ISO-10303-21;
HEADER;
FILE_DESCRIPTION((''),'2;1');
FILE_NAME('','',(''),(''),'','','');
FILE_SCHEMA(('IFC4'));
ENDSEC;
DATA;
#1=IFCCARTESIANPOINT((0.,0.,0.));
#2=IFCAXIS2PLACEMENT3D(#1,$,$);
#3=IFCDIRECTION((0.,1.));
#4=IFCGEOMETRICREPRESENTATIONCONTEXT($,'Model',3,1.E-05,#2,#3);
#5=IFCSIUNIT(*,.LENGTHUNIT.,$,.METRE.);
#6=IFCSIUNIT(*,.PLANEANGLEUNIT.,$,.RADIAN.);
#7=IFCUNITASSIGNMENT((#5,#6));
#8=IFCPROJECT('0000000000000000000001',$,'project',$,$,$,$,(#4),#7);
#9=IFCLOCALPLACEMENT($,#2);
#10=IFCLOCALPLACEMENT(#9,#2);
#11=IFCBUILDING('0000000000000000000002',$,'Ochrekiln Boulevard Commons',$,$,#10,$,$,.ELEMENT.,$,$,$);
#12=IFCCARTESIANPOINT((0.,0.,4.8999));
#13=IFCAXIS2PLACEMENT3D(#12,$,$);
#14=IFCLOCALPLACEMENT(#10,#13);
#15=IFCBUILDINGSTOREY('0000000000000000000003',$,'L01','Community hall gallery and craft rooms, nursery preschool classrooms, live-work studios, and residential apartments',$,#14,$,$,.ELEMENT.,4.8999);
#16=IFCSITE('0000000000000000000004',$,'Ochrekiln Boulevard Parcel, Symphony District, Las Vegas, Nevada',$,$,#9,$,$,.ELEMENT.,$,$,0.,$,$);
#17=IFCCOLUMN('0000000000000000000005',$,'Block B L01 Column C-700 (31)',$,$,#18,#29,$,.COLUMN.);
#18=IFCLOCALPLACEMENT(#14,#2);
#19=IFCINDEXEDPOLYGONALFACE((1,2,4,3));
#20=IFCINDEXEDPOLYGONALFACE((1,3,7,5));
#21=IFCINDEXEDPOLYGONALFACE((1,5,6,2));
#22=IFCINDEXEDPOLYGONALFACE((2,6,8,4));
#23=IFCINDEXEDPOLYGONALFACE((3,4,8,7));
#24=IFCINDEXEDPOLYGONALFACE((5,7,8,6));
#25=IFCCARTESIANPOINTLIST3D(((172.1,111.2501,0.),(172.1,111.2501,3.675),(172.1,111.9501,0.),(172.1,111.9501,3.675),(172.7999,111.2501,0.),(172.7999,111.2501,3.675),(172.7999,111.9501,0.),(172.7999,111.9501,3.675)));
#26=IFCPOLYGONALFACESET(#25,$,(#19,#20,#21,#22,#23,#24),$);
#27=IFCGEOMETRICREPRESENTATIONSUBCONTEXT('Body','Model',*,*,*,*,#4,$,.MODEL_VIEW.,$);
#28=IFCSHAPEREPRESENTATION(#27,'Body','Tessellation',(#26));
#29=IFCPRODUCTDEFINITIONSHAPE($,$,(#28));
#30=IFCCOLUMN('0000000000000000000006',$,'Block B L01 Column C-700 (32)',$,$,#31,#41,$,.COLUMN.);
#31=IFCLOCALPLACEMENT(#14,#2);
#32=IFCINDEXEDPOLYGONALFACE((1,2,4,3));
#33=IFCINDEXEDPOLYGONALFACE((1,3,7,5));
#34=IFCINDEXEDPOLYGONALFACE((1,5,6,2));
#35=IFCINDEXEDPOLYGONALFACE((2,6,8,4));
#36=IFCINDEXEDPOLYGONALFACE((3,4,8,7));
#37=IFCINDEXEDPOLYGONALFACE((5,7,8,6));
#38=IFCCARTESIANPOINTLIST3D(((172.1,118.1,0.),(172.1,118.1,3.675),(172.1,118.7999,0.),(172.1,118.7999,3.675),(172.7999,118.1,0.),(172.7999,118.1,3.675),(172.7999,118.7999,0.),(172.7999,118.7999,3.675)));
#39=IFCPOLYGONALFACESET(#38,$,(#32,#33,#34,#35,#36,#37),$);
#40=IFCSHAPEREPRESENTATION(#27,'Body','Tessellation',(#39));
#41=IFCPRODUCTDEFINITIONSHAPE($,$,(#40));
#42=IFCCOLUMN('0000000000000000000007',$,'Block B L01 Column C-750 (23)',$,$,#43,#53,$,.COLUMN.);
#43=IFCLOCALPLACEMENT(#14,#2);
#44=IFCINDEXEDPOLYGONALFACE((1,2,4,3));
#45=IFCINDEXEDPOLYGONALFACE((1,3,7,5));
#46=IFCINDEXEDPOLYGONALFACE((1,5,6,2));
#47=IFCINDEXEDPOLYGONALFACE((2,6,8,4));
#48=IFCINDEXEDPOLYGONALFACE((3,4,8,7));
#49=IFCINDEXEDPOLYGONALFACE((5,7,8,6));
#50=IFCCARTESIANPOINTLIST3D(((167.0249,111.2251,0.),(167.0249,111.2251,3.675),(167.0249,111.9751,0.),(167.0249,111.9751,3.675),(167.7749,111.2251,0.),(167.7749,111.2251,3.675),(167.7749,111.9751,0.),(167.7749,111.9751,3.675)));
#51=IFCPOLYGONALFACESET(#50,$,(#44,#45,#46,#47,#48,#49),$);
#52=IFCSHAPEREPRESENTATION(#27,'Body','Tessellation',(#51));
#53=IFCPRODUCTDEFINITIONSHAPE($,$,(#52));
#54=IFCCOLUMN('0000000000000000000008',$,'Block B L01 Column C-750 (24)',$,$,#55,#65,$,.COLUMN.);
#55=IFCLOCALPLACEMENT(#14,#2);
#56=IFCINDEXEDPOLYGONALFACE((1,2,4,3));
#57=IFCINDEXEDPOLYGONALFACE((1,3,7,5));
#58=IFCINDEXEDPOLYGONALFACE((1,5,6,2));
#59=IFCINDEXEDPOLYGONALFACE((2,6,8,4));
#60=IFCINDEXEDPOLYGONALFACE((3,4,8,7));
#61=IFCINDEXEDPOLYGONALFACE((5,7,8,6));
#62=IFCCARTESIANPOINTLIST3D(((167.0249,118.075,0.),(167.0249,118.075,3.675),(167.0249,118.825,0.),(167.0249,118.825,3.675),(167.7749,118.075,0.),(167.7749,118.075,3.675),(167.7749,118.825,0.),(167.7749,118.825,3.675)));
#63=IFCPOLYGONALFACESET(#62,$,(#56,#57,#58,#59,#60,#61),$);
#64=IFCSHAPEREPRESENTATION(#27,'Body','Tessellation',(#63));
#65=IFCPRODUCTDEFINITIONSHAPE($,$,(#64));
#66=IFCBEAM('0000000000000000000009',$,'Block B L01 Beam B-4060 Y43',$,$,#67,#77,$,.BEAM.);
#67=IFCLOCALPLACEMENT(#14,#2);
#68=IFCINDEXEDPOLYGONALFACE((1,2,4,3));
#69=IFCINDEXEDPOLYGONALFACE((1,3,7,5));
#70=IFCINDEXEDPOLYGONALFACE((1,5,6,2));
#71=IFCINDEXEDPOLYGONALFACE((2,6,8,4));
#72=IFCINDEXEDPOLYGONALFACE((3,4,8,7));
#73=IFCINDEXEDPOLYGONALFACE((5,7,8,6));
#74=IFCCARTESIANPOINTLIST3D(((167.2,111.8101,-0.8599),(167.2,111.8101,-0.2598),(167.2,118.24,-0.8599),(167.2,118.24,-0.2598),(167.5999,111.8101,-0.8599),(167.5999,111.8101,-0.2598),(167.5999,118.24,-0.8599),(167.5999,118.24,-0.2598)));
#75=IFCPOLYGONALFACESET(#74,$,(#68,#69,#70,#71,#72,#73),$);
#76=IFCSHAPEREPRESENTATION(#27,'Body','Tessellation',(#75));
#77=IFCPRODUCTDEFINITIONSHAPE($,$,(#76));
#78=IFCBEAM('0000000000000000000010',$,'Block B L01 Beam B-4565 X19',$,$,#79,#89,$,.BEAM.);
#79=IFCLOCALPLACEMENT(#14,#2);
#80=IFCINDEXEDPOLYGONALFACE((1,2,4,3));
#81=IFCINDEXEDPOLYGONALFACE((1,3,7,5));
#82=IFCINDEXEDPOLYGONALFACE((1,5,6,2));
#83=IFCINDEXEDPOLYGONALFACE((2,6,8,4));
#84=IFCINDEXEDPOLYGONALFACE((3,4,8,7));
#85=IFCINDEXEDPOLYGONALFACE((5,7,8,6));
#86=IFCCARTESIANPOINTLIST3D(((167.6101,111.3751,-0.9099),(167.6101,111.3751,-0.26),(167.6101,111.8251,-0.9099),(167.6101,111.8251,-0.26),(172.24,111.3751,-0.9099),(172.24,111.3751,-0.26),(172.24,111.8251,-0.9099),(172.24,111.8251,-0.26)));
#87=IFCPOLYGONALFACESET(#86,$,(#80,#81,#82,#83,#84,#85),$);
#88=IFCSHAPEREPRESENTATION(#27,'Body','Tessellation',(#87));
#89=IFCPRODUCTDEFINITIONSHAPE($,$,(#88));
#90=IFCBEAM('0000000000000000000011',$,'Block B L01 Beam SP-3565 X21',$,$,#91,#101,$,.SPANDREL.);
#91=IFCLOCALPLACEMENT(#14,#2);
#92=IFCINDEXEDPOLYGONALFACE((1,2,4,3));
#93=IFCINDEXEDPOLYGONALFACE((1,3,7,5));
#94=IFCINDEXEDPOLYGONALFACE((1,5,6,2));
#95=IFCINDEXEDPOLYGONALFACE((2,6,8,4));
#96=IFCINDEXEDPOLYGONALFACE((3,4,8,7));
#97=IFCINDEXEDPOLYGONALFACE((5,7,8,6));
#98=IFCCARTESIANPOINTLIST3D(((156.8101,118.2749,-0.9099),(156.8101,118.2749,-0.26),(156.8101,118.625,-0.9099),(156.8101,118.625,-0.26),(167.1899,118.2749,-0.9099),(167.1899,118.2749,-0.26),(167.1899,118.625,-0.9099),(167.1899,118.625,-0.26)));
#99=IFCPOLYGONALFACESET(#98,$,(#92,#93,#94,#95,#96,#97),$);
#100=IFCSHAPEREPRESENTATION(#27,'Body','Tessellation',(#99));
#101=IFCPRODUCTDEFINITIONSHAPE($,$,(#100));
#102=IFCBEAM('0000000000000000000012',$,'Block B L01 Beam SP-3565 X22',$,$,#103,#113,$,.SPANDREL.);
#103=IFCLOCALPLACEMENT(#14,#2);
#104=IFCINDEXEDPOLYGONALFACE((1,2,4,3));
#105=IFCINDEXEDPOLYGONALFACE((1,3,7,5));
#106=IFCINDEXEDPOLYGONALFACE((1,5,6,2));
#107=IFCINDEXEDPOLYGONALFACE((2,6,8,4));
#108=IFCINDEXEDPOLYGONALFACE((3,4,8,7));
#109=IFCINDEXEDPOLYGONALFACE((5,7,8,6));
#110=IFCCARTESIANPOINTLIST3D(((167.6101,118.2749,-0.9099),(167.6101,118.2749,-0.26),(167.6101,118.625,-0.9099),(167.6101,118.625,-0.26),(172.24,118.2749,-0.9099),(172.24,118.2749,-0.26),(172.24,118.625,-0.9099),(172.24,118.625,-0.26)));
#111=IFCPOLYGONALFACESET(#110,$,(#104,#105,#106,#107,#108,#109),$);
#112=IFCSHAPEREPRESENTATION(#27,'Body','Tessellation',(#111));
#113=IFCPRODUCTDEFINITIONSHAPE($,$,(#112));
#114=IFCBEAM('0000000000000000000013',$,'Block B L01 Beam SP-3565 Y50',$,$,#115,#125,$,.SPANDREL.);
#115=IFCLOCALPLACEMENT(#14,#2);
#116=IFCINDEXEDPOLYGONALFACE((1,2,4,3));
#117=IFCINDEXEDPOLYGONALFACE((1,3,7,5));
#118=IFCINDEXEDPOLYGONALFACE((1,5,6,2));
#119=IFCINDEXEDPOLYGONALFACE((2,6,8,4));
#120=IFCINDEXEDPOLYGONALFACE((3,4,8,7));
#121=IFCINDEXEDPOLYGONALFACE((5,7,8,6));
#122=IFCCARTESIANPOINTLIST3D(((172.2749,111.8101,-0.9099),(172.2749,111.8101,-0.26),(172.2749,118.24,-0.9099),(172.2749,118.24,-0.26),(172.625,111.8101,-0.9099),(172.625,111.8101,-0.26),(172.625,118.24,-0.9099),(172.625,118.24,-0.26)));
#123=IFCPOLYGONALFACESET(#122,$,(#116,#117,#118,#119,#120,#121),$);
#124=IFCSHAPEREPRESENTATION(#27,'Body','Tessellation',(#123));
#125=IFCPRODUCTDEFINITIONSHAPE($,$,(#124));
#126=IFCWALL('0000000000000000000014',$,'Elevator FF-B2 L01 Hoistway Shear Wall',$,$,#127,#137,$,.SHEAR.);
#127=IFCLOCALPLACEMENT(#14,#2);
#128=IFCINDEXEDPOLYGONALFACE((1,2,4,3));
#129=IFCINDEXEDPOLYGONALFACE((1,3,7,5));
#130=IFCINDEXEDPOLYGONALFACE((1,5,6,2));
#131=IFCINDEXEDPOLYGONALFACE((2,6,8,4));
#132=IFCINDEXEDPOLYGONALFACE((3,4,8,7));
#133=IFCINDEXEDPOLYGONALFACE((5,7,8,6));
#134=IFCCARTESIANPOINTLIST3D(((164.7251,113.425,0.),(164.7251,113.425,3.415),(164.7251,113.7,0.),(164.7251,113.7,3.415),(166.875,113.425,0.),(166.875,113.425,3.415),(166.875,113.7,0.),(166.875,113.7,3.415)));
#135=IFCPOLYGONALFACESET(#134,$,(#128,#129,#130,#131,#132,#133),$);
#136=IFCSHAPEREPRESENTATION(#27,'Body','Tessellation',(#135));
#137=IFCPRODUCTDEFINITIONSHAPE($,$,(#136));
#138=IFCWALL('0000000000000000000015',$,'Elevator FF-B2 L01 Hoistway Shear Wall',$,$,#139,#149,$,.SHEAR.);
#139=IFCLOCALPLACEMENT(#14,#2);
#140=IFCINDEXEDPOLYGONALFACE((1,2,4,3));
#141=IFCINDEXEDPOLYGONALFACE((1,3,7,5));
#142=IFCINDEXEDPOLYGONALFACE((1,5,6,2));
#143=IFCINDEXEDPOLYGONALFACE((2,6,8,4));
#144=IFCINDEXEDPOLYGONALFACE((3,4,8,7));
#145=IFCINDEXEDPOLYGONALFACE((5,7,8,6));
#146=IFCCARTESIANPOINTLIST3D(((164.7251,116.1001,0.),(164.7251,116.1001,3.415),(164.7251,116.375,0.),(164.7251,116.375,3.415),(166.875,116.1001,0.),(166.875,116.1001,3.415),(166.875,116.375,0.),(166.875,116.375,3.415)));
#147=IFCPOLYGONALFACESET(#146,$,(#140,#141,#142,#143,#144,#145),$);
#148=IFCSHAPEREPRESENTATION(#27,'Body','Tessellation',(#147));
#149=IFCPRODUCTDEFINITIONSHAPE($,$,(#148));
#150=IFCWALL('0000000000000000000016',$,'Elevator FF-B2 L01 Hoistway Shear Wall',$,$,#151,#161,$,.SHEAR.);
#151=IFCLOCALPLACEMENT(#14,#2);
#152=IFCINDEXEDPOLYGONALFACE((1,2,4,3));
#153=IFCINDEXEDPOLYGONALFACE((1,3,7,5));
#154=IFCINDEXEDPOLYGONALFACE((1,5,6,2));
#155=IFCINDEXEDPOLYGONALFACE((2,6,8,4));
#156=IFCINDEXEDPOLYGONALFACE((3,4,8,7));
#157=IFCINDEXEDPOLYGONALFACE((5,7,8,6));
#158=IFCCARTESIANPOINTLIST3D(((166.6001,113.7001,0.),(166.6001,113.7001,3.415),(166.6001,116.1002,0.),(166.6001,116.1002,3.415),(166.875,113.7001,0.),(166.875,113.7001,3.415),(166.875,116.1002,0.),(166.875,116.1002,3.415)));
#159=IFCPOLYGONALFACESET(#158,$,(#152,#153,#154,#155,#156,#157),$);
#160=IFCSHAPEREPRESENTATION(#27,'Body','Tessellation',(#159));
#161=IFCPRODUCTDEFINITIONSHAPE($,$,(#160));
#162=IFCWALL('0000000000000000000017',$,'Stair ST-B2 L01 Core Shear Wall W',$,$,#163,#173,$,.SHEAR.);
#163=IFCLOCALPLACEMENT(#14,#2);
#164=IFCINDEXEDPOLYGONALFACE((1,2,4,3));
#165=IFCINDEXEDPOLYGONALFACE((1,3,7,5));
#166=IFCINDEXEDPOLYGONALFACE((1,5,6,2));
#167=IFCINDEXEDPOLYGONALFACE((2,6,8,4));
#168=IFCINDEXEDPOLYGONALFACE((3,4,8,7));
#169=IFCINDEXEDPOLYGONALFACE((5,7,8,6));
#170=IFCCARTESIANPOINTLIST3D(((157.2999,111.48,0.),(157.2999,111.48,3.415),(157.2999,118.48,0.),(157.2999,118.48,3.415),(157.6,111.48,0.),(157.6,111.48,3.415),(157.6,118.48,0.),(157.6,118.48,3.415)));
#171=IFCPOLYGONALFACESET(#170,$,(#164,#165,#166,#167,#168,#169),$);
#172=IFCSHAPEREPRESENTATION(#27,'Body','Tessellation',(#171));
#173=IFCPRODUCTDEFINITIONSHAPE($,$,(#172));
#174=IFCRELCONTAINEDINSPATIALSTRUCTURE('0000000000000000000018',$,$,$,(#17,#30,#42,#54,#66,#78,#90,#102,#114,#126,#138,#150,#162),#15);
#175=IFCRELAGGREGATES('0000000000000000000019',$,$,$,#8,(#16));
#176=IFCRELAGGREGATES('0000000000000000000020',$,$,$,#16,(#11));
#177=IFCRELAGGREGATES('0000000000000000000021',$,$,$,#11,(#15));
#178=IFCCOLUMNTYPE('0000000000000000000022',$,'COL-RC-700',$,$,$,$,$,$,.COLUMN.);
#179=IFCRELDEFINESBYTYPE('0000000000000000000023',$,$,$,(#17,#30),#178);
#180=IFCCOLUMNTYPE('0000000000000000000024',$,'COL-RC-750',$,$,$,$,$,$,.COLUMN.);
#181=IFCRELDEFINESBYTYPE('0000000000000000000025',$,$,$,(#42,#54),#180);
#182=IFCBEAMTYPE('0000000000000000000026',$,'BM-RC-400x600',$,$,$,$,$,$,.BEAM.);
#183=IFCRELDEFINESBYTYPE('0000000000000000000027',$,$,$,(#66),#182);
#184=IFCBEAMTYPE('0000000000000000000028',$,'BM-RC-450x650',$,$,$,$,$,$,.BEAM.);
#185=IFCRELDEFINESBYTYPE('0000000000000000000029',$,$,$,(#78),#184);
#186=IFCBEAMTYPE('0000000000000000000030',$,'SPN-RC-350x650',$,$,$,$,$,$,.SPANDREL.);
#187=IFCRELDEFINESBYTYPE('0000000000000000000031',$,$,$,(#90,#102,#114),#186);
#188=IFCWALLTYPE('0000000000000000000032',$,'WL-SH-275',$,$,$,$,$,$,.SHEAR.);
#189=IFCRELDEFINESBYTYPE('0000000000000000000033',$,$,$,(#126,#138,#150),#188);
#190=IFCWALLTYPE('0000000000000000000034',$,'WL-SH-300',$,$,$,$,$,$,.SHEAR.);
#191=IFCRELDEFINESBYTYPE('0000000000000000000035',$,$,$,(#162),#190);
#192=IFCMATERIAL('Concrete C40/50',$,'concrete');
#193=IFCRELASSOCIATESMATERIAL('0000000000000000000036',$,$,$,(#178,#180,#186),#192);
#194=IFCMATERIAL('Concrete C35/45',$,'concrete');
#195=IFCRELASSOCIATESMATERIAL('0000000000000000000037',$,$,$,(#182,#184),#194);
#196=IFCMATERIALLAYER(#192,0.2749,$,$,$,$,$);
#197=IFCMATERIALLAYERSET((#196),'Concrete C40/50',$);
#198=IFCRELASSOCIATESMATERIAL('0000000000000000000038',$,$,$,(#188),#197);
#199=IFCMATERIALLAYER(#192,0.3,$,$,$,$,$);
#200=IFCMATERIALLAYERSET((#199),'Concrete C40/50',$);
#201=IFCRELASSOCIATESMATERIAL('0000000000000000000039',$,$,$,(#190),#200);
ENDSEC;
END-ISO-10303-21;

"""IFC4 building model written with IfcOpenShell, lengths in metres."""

from ifc_helpers import new_model, si_unit, direction, frame, frame_2d, origin, origin_2d, place, context, subcontext, project, spatial, rectangle, extrude, material, layer, layer_set, material_profile, profile_set, type_object, element, save


model = new_model("IFC4")

# Units and contexts
model_context = context("Model", 3, precision=1e-05, world=origin(), true_north=direction((0.0, 1.0)))
body_context = subcontext(model_context, "Body", "Model", "MODEL_VIEW")
ifc_project = project(units=[si_unit("LENGTHUNIT", "METRE"), si_unit("PLANEANGLEUNIT", "RADIAN")], contexts=[model_context])

# Site, building, storey
site_placement = place(None, origin())
site = spatial("IfcSite", under=ifc_project, at=site_placement, Name="Ochrekiln Boulevard Parcel, Symphony District, Las Vegas, Nevada", CompositionType="ELEMENT", RefElevation=0.0)
building_placement = place(site_placement, origin())
building = spatial("IfcBuilding", under=site, at=building_placement, Name="Ochrekiln Boulevard Commons", CompositionType="ELEMENT")
storey_placement = place(building_placement, frame((0.0, 0.0, 4.8999)))
storey = spatial("IfcBuildingStorey", under=building, at=storey_placement, Name="L01", Description="Community hall gallery and craft rooms, nursery preschool classrooms, live-work studios, and residential apartments", CompositionType="ELEMENT", Elevation=4.8999)

# Columns
ifc_material_1 = material(Name="Concrete C40/50", Category="concrete")
ifc_material_profile_1 = material_profile(ifc_material_1, rectangle(XDim=0.7, YDim=0.7, at=origin_2d()), Name="RC-COL-700x700")
ifc_profile_set_1 = profile_set([ifc_material_profile_1], Name="Concrete C40/50")
column_type_1 = type_object("IfcColumnType", Name="COL-RC-700", PredefinedType="COLUMN", material=ifc_profile_set_1)
for number, where, z_axis, x_axis, name in (
    (1, (172.45, 111.6001, 0.0), (0.0, 0.0, 1.0), (1.0, 0.0, 0.0), "Block B L01 Column C-700 (31)"),
    (2, (172.45, 118.45, 0.0), (0.0, 0.0, 1.0), (1.0, 0.0, 0.0), "Block B L01 Column C-700 (32)"),
):
    element("IfcColumn", number, at=place(storey_placement, frame(where, z_axis=z_axis, x_axis=x_axis)), inside=storey, type_object=column_type_1, Name=name, PredefinedType="COLUMN", context=body_context, shape_type="SweptSolid", body=[
        extrude(rectangle(XDim=0.7, YDim=0.7, at=origin_2d()), origin(), (0.0, 0.0, 1.0), 3.675),
    ])
ifc_material_profile_2 = material_profile(ifc_material_1, rectangle(XDim=0.75, YDim=0.75, at=origin_2d()), Name="RC-COL-750x750")
ifc_profile_set_2 = profile_set([ifc_material_profile_2], Name="Concrete C40/50")
column_type_2 = type_object("IfcColumnType", Name="COL-RC-750", PredefinedType="COLUMN", material=ifc_profile_set_2)
for number, where, z_axis, x_axis, name in (
    (3, (167.3999, 111.6001, 0.0), (0.0, 0.0, 1.0), (1.0, 0.0, 0.0), "Block B L01 Column C-750 (23)"),
    (4, (167.3999, 118.45, 0.0), (0.0, 0.0, 1.0), (1.0, 0.0, 0.0), "Block B L01 Column C-750 (24)"),
):
    element("IfcColumn", number, at=place(storey_placement, frame(where, z_axis=z_axis, x_axis=x_axis)), inside=storey, type_object=column_type_2, Name=name, PredefinedType="COLUMN", context=body_context, shape_type="SweptSolid", body=[
        extrude(rectangle(XDim=0.75, YDim=0.75, at=origin_2d()), origin(), (0.0, 0.0, 1.0), 3.675),
    ])

# Beams
ifc_material_2 = material(Name="Concrete C35/45", Category="concrete")
ifc_material_profile_3 = material_profile(ifc_material_2, rectangle(XDim=0.3999, YDim=0.6001, at=origin_2d()), Name="RC-BM-400x600")
ifc_profile_set_3 = profile_set([ifc_material_profile_3], Name="Concrete C35/45")
beam_type_1 = type_object("IfcBeamType", Name="BM-RC-400x600", PredefinedType="BEAM", material=ifc_profile_set_3)
beam_1_placement = place(storey_placement, frame((167.3999, 111.8101, -0.5598), z_axis=(0.0, 1.0, 0.0), x_axis=(-1.0, 0.0, 0.0)))
element("IfcBeam", 5, at=beam_1_placement, inside=storey, type_object=beam_type_1, Name="Block B L01 Beam B-4060 Y43", PredefinedType="BEAM", context=body_context, shape_type="SweptSolid", body=[
    extrude(rectangle(XDim=0.3999, YDim=0.6001, at=origin_2d()), origin(), (0.0, 0.0, 1.0), 6.4299),
])
ifc_material_profile_4 = material_profile(ifc_material_2, rectangle(XDim=0.45, YDim=0.6499, at=origin_2d()), Name="RC-BM-450x650")
ifc_profile_set_4 = profile_set([ifc_material_profile_4], Name="Concrete C35/45")
beam_type_2 = type_object("IfcBeamType", Name="BM-RC-450x650", PredefinedType="BEAM", material=ifc_profile_set_4)
beam_2_placement = place(storey_placement, frame((167.6101, 111.6001, -0.585), z_axis=(1.0, 0.0, 0.0), x_axis=(0.0, 1.0, 0.0)))
element("IfcBeam", 6, at=beam_2_placement, inside=storey, type_object=beam_type_2, Name="Block B L01 Beam B-4565 X19", PredefinedType="BEAM", context=body_context, shape_type="SweptSolid", body=[
    extrude(rectangle(XDim=0.45, YDim=0.6499, at=origin_2d()), origin(), (0.0, 0.0, 1.0), 4.6299),
])
ifc_material_profile_5 = material_profile(ifc_material_1, rectangle(XDim=0.3501, YDim=0.6499, at=origin_2d()), Name="RC-SPN-350x650")
ifc_profile_set_5 = profile_set([ifc_material_profile_5], Name="Concrete C40/50")
beam_type_3 = type_object("IfcBeamType", Name="SPN-RC-350x650", PredefinedType="SPANDREL", material=ifc_profile_set_5)
beam_3_placement = place(storey_placement, frame((156.8101, 118.45, -0.585), z_axis=(1.0, 0.0, 0.0), x_axis=(0.0, 1.0, 0.0)))
element("IfcBeam", 7, at=beam_3_placement, inside=storey, type_object=beam_type_3, Name="Block B L01 Beam SP-3565 X21", PredefinedType="SPANDREL", context=body_context, shape_type="SweptSolid", body=[
    extrude(rectangle(XDim=0.3501, YDim=0.6499, at=origin_2d()), origin(), (0.0, 0.0, 1.0), 10.3799),
])
beam_4_placement = place(storey_placement, frame((167.6101, 118.45, -0.585), z_axis=(1.0, 0.0, 0.0), x_axis=(0.0, 1.0, 0.0)))
element("IfcBeam", 8, at=beam_4_placement, inside=storey, type_object=beam_type_3, Name="Block B L01 Beam SP-3565 X22", PredefinedType="SPANDREL", context=body_context, shape_type="SweptSolid", body=[
    extrude(rectangle(XDim=0.3501, YDim=0.6499, at=origin_2d()), origin(), (0.0, 0.0, 1.0), 4.6299),
])
beam_5_placement = place(storey_placement, frame((172.45, 111.8101, -0.585), z_axis=(0.0, 1.0, 0.0), x_axis=(-1.0, 0.0, 0.0)))
element("IfcBeam", 9, at=beam_5_placement, inside=storey, type_object=beam_type_3, Name="Block B L01 Beam SP-3565 Y50", PredefinedType="SPANDREL", context=body_context, shape_type="SweptSolid", body=[
    extrude(rectangle(XDim=0.3501, YDim=0.6499, at=origin_2d()), origin(), (0.0, 0.0, 1.0), 6.4299),
])

# Walls
ifc_layer_1 = layer(ifc_material_1, 0.2749)
ifc_layer_set_1 = layer_set([ifc_layer_1], Name="Concrete C40/50")
wall_type_1 = type_object("IfcWallType", Name="WL-SH-275", PredefinedType="SHEAR", material=ifc_layer_set_1)
for number, where, z_axis, x_axis, name in (
    (10, (164.7251, 113.5625, 0.0), (0.0, 0.0, 1.0), (1.0, 0.0, 0.0), "Elevator FF-B2 L01 Hoistway Shear Wall"),
    (11, (164.7251, 116.2375, 0.0), (0.0, 0.0, 1.0), (1.0, 0.0, 0.0), "Elevator FF-B2 L01 Hoistway Shear Wall"),
):
    element("IfcWall", number, at=place(storey_placement, frame(where, z_axis=z_axis, x_axis=x_axis)), inside=storey, type_object=wall_type_1, Name=name, PredefinedType="SHEAR", context=body_context, shape_type="SweptSolid", body=[
        extrude(rectangle(XDim=2.1499, YDim=0.2749, at=frame_2d((1.075, 0.0))), origin(), (0.0, 0.0, 1.0), 3.415),
    ])

# Walls
wall_1_placement = place(storey_placement, frame((166.7375, 113.7, 0.0), z_axis=(0.0, 0.0, 1.0), x_axis=(0.0, 1.0, 0.0)))
element("IfcWall", 12, at=wall_1_placement, inside=storey, type_object=wall_type_1, Name="Elevator FF-B2 L01 Hoistway Shear Wall", PredefinedType="SHEAR", context=body_context, shape_type="SweptSolid", body=[
    extrude(rectangle(XDim=2.4001, YDim=0.2749, at=frame_2d((1.2002, 0.0))), origin(), (0.0, 0.0, 1.0), 3.415),
])
ifc_layer_2 = layer(ifc_material_1, 0.3)
ifc_layer_set_2 = layer_set([ifc_layer_2], Name="Concrete C40/50")
wall_type_2 = type_object("IfcWallType", Name="WL-SH-300", PredefinedType="SHEAR", material=ifc_layer_set_2)
wall_2_placement = place(storey_placement, frame((157.45, 111.48, 0.0), z_axis=(0.0, 0.0, 1.0), x_axis=(0.0, 1.0, 0.0)))
element("IfcWall", 13, at=wall_2_placement, inside=storey, type_object=wall_type_2, Name="Stair ST-B2 L01 Core Shear Wall W", PredefinedType="SHEAR", context=body_context, shape_type="SweptSolid", body=[
    extrude(rectangle(XDim=7.0, YDim=0.3, at=frame_2d((3.5, 0.0))), origin(), (0.0, 0.0, 1.0), 3.415),
])

save(model, "model.ifc")
